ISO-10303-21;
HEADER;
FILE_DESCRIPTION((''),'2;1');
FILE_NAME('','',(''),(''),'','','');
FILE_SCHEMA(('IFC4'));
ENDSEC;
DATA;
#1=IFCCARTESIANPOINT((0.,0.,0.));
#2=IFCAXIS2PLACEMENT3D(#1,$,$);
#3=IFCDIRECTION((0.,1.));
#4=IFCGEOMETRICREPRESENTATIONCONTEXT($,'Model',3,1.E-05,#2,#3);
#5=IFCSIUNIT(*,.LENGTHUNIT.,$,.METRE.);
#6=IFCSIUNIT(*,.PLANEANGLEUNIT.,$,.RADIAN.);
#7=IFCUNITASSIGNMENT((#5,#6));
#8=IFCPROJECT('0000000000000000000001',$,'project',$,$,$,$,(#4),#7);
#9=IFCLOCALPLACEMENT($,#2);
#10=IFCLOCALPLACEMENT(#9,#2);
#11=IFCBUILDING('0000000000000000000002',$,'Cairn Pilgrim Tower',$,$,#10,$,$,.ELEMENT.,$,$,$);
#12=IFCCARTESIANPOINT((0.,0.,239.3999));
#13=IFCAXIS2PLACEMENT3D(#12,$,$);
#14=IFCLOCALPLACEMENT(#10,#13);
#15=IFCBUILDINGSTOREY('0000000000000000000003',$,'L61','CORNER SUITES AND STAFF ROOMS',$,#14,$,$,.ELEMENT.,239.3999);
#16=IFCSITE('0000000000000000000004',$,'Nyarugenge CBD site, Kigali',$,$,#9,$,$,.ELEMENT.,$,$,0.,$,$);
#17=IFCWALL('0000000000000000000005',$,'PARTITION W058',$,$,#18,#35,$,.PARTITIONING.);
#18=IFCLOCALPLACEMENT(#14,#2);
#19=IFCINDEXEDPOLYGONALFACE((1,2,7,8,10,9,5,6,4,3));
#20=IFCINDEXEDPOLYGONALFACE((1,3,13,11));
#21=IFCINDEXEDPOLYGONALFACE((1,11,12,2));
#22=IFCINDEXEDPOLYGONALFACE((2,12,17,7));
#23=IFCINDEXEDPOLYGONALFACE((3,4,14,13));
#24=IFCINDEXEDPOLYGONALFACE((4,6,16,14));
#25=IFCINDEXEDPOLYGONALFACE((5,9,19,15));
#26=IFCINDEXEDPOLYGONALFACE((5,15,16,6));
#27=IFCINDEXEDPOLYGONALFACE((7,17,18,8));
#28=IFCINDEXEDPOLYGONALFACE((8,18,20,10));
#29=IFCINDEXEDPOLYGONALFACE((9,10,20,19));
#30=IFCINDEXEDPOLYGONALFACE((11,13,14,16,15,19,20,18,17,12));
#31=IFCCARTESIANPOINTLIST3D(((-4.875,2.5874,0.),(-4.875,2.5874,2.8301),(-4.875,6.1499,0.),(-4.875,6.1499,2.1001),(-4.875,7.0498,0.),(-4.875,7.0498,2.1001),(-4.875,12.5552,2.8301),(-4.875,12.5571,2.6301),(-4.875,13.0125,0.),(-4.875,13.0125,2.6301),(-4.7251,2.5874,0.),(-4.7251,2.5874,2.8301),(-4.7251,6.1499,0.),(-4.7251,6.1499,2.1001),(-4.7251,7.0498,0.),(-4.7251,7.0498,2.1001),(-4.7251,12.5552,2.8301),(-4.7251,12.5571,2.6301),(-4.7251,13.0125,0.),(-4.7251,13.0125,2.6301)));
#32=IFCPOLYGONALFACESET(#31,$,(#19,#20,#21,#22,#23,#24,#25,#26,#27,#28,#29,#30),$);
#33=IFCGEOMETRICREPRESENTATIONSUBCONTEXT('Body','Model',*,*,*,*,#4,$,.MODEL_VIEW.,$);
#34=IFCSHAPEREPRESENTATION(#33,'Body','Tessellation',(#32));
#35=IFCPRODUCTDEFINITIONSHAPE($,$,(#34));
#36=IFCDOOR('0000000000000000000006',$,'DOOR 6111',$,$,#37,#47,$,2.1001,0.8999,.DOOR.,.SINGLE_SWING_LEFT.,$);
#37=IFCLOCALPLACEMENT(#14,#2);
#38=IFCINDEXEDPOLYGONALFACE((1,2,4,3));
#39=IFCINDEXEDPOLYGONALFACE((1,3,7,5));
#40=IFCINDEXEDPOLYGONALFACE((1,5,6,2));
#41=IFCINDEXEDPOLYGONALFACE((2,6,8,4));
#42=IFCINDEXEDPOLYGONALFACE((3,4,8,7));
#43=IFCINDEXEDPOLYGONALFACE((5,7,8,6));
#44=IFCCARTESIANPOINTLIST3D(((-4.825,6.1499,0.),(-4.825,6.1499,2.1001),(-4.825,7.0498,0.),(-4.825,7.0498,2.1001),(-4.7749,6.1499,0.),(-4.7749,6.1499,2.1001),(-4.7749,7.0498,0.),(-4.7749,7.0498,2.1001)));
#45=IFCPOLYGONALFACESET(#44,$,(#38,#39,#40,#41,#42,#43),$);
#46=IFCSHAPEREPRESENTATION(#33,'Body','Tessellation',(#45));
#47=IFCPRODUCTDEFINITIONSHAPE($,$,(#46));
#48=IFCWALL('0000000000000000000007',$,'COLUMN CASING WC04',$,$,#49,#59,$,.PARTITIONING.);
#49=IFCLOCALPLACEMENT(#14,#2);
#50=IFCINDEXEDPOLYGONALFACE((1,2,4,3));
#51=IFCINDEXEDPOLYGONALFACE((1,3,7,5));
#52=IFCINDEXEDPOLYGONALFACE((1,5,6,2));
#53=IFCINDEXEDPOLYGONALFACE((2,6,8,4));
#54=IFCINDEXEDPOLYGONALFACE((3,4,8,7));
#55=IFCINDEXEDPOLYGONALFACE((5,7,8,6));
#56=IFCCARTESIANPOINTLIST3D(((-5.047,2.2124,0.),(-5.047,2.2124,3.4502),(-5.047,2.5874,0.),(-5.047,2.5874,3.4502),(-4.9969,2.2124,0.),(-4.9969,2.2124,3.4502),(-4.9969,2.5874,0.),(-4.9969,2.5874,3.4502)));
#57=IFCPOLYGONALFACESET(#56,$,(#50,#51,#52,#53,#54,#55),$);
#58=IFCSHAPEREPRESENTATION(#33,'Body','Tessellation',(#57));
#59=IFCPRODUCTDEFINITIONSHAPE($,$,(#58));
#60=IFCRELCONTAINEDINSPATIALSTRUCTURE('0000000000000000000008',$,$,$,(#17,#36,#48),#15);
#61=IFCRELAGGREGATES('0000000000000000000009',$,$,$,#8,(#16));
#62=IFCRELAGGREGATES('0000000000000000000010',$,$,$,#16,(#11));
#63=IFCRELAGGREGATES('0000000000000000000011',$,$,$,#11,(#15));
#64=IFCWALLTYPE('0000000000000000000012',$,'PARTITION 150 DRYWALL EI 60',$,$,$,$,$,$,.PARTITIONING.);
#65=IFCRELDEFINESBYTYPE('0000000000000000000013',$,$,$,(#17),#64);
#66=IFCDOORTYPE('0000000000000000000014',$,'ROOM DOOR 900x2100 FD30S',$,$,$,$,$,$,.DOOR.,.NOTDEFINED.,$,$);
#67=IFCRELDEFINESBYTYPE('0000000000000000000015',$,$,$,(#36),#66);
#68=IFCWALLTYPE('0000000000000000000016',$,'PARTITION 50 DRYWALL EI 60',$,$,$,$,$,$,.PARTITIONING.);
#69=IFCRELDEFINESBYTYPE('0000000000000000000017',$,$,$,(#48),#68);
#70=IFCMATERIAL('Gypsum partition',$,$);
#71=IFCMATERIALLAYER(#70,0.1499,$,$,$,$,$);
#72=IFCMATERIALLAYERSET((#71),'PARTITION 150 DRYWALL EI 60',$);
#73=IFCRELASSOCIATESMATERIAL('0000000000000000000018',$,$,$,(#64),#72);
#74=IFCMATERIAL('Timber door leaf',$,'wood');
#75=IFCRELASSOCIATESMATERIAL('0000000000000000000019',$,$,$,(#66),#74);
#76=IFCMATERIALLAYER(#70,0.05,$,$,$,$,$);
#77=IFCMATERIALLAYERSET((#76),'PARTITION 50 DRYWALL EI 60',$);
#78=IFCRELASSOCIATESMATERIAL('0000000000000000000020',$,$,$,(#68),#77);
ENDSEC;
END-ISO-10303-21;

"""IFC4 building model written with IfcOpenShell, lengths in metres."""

from ifc_helpers import new_model, si_unit, direction, frame, frame_2d, origin, place, context, subcontext, project, spatial, polyline, rectangle, outline, extrude, material, layer, layer_set, type_object, element, fill, save


model = new_model("IFC4")

# Units and contexts
model_context = context("Model", 3, precision=1e-05, world=origin(), true_north=direction((0.0, 1.0)))
body_context = subcontext(model_context, "Body", "Model", "MODEL_VIEW")
ifc_project = project(units=[si_unit("LENGTHUNIT", "METRE"), si_unit("PLANEANGLEUNIT", "RADIAN")], contexts=[model_context])

# Site, building, storey
site_placement = place(None, origin())
site = spatial("IfcSite", under=ifc_project, at=site_placement, Name="Nyarugenge CBD site, Kigali", CompositionType="ELEMENT", RefElevation=0.0)
building_placement = place(site_placement, origin())
building = spatial("IfcBuilding", under=site, at=building_placement, Name="Cairn Pilgrim Tower", CompositionType="ELEMENT")
storey_placement = place(building_placement, frame((0.0, 0.0, 239.3999)))
storey = spatial("IfcBuildingStorey", under=building, at=storey_placement, Name="L61", Description="CORNER SUITES AND STAFF ROOMS", CompositionType="ELEMENT", Elevation=239.3999)

# Wall, opening, door
ifc_material_1 = material(Name="Gypsum partition")
ifc_layer_1 = layer(ifc_material_1, 0.1499)
ifc_layer_set_1 = layer_set([ifc_layer_1], Name="PARTITION 150 DRYWALL EI 60")
wall_type_1 = type_object("IfcWallType", Name="PARTITION 150 DRYWALL EI 60", PredefinedType="PARTITIONING", material=ifc_layer_set_1)
wall_1_placement = place(storey_placement, frame((-4.8, 2.5874, 0.0), z_axis=(0.0, 0.0, 1.0), x_axis=(0.0, 1.0, 0.0)))
wall_1 = element("IfcWall", 1, at=wall_1_placement, inside=storey, type_object=wall_type_1, Name="PARTITION W058", PredefinedType="PARTITIONING", context=body_context, shape_type="SweptSolid", body=[
    extrude(outline(polyline([(0.0, 0.0), (10.425, 0.0), (10.425, 2.6301), (9.9697, 2.6301), (9.9678, 2.8301), (0.0, 2.8301), (0.0, 0.0)])), frame((0.0, 0.075, 0.0), z_axis=(0.0, -1.0, 0.0), x_axis=(1.0, 0.0, 0.0)), (0.0, 0.0, 1.0), 0.1499),
])
opening_1_placement = place(wall_1_placement, frame((3.5625, 0.0, 0.0)))
opening_1 = element("IfcOpeningElement", 2, at=opening_1_placement, cuts=wall_1, PredefinedType="OPENING", context=body_context, shape_type="SweptSolid", body=[
    extrude(rectangle(XDim=0.8999, YDim=2.1001, at=frame_2d((0.45, 1.05))), frame((0.0, 0.085, 0.0), z_axis=(0.0, -1.0, 0.0), x_axis=(1.0, 0.0, 0.0)), (0.0, 0.0, 1.0), 0.1699),
])
ifc_material_2 = material(Name="Timber door leaf", Category="wood")
door_type_1 = type_object("IfcDoorType", Name="ROOM DOOR 900x2100 FD30S", OperationType="NOTDEFINED", PredefinedType="DOOR", material=ifc_material_2)
door_1_placement = place(opening_1_placement, origin())
door_1 = element("IfcDoor", 3, at=door_1_placement, inside=storey, type_object=door_type_1, Name="DOOR 6111", OperationType="SINGLE_SWING_LEFT", OverallHeight=2.1001, OverallWidth=0.8999, PredefinedType="DOOR", context=body_context, shape_type="SweptSolid", body=[
    extrude(rectangle(XDim=0.8999, YDim=2.1001, at=frame_2d((0.45, 1.05))), frame((0.0, 0.0249, 0.0), z_axis=(0.0, -1.0, 0.0), x_axis=(1.0, 0.0, 0.0)), (0.0, 0.0, 1.0), 0.05),
])
fill(opening_1, door_1)

# Wall
ifc_layer_2 = layer(ifc_material_1, 0.05)
ifc_layer_set_2 = layer_set([ifc_layer_2], Name="PARTITION 50 DRYWALL EI 60")
wall_type_2 = type_object("IfcWallType", Name="PARTITION 50 DRYWALL EI 60", PredefinedType="PARTITIONING", material=ifc_layer_set_2)
wall_2_placement = place(storey_placement, frame((-5.022, 2.2124, 0.0), z_axis=(0.0, 0.0, 1.0), x_axis=(0.0, 1.0, 0.0)))
element("IfcWall", 4, at=wall_2_placement, inside=storey, type_object=wall_type_2, Name="COLUMN CASING WC04", PredefinedType="PARTITIONING", context=body_context, shape_type="SweptSolid", body=[
    extrude(rectangle(XDim=0.375, YDim=0.05, at=frame_2d((0.1875, 0.0))), origin(), (0.0, 0.0, 1.0), 3.4502),
])

save(model, "model.ifc")
